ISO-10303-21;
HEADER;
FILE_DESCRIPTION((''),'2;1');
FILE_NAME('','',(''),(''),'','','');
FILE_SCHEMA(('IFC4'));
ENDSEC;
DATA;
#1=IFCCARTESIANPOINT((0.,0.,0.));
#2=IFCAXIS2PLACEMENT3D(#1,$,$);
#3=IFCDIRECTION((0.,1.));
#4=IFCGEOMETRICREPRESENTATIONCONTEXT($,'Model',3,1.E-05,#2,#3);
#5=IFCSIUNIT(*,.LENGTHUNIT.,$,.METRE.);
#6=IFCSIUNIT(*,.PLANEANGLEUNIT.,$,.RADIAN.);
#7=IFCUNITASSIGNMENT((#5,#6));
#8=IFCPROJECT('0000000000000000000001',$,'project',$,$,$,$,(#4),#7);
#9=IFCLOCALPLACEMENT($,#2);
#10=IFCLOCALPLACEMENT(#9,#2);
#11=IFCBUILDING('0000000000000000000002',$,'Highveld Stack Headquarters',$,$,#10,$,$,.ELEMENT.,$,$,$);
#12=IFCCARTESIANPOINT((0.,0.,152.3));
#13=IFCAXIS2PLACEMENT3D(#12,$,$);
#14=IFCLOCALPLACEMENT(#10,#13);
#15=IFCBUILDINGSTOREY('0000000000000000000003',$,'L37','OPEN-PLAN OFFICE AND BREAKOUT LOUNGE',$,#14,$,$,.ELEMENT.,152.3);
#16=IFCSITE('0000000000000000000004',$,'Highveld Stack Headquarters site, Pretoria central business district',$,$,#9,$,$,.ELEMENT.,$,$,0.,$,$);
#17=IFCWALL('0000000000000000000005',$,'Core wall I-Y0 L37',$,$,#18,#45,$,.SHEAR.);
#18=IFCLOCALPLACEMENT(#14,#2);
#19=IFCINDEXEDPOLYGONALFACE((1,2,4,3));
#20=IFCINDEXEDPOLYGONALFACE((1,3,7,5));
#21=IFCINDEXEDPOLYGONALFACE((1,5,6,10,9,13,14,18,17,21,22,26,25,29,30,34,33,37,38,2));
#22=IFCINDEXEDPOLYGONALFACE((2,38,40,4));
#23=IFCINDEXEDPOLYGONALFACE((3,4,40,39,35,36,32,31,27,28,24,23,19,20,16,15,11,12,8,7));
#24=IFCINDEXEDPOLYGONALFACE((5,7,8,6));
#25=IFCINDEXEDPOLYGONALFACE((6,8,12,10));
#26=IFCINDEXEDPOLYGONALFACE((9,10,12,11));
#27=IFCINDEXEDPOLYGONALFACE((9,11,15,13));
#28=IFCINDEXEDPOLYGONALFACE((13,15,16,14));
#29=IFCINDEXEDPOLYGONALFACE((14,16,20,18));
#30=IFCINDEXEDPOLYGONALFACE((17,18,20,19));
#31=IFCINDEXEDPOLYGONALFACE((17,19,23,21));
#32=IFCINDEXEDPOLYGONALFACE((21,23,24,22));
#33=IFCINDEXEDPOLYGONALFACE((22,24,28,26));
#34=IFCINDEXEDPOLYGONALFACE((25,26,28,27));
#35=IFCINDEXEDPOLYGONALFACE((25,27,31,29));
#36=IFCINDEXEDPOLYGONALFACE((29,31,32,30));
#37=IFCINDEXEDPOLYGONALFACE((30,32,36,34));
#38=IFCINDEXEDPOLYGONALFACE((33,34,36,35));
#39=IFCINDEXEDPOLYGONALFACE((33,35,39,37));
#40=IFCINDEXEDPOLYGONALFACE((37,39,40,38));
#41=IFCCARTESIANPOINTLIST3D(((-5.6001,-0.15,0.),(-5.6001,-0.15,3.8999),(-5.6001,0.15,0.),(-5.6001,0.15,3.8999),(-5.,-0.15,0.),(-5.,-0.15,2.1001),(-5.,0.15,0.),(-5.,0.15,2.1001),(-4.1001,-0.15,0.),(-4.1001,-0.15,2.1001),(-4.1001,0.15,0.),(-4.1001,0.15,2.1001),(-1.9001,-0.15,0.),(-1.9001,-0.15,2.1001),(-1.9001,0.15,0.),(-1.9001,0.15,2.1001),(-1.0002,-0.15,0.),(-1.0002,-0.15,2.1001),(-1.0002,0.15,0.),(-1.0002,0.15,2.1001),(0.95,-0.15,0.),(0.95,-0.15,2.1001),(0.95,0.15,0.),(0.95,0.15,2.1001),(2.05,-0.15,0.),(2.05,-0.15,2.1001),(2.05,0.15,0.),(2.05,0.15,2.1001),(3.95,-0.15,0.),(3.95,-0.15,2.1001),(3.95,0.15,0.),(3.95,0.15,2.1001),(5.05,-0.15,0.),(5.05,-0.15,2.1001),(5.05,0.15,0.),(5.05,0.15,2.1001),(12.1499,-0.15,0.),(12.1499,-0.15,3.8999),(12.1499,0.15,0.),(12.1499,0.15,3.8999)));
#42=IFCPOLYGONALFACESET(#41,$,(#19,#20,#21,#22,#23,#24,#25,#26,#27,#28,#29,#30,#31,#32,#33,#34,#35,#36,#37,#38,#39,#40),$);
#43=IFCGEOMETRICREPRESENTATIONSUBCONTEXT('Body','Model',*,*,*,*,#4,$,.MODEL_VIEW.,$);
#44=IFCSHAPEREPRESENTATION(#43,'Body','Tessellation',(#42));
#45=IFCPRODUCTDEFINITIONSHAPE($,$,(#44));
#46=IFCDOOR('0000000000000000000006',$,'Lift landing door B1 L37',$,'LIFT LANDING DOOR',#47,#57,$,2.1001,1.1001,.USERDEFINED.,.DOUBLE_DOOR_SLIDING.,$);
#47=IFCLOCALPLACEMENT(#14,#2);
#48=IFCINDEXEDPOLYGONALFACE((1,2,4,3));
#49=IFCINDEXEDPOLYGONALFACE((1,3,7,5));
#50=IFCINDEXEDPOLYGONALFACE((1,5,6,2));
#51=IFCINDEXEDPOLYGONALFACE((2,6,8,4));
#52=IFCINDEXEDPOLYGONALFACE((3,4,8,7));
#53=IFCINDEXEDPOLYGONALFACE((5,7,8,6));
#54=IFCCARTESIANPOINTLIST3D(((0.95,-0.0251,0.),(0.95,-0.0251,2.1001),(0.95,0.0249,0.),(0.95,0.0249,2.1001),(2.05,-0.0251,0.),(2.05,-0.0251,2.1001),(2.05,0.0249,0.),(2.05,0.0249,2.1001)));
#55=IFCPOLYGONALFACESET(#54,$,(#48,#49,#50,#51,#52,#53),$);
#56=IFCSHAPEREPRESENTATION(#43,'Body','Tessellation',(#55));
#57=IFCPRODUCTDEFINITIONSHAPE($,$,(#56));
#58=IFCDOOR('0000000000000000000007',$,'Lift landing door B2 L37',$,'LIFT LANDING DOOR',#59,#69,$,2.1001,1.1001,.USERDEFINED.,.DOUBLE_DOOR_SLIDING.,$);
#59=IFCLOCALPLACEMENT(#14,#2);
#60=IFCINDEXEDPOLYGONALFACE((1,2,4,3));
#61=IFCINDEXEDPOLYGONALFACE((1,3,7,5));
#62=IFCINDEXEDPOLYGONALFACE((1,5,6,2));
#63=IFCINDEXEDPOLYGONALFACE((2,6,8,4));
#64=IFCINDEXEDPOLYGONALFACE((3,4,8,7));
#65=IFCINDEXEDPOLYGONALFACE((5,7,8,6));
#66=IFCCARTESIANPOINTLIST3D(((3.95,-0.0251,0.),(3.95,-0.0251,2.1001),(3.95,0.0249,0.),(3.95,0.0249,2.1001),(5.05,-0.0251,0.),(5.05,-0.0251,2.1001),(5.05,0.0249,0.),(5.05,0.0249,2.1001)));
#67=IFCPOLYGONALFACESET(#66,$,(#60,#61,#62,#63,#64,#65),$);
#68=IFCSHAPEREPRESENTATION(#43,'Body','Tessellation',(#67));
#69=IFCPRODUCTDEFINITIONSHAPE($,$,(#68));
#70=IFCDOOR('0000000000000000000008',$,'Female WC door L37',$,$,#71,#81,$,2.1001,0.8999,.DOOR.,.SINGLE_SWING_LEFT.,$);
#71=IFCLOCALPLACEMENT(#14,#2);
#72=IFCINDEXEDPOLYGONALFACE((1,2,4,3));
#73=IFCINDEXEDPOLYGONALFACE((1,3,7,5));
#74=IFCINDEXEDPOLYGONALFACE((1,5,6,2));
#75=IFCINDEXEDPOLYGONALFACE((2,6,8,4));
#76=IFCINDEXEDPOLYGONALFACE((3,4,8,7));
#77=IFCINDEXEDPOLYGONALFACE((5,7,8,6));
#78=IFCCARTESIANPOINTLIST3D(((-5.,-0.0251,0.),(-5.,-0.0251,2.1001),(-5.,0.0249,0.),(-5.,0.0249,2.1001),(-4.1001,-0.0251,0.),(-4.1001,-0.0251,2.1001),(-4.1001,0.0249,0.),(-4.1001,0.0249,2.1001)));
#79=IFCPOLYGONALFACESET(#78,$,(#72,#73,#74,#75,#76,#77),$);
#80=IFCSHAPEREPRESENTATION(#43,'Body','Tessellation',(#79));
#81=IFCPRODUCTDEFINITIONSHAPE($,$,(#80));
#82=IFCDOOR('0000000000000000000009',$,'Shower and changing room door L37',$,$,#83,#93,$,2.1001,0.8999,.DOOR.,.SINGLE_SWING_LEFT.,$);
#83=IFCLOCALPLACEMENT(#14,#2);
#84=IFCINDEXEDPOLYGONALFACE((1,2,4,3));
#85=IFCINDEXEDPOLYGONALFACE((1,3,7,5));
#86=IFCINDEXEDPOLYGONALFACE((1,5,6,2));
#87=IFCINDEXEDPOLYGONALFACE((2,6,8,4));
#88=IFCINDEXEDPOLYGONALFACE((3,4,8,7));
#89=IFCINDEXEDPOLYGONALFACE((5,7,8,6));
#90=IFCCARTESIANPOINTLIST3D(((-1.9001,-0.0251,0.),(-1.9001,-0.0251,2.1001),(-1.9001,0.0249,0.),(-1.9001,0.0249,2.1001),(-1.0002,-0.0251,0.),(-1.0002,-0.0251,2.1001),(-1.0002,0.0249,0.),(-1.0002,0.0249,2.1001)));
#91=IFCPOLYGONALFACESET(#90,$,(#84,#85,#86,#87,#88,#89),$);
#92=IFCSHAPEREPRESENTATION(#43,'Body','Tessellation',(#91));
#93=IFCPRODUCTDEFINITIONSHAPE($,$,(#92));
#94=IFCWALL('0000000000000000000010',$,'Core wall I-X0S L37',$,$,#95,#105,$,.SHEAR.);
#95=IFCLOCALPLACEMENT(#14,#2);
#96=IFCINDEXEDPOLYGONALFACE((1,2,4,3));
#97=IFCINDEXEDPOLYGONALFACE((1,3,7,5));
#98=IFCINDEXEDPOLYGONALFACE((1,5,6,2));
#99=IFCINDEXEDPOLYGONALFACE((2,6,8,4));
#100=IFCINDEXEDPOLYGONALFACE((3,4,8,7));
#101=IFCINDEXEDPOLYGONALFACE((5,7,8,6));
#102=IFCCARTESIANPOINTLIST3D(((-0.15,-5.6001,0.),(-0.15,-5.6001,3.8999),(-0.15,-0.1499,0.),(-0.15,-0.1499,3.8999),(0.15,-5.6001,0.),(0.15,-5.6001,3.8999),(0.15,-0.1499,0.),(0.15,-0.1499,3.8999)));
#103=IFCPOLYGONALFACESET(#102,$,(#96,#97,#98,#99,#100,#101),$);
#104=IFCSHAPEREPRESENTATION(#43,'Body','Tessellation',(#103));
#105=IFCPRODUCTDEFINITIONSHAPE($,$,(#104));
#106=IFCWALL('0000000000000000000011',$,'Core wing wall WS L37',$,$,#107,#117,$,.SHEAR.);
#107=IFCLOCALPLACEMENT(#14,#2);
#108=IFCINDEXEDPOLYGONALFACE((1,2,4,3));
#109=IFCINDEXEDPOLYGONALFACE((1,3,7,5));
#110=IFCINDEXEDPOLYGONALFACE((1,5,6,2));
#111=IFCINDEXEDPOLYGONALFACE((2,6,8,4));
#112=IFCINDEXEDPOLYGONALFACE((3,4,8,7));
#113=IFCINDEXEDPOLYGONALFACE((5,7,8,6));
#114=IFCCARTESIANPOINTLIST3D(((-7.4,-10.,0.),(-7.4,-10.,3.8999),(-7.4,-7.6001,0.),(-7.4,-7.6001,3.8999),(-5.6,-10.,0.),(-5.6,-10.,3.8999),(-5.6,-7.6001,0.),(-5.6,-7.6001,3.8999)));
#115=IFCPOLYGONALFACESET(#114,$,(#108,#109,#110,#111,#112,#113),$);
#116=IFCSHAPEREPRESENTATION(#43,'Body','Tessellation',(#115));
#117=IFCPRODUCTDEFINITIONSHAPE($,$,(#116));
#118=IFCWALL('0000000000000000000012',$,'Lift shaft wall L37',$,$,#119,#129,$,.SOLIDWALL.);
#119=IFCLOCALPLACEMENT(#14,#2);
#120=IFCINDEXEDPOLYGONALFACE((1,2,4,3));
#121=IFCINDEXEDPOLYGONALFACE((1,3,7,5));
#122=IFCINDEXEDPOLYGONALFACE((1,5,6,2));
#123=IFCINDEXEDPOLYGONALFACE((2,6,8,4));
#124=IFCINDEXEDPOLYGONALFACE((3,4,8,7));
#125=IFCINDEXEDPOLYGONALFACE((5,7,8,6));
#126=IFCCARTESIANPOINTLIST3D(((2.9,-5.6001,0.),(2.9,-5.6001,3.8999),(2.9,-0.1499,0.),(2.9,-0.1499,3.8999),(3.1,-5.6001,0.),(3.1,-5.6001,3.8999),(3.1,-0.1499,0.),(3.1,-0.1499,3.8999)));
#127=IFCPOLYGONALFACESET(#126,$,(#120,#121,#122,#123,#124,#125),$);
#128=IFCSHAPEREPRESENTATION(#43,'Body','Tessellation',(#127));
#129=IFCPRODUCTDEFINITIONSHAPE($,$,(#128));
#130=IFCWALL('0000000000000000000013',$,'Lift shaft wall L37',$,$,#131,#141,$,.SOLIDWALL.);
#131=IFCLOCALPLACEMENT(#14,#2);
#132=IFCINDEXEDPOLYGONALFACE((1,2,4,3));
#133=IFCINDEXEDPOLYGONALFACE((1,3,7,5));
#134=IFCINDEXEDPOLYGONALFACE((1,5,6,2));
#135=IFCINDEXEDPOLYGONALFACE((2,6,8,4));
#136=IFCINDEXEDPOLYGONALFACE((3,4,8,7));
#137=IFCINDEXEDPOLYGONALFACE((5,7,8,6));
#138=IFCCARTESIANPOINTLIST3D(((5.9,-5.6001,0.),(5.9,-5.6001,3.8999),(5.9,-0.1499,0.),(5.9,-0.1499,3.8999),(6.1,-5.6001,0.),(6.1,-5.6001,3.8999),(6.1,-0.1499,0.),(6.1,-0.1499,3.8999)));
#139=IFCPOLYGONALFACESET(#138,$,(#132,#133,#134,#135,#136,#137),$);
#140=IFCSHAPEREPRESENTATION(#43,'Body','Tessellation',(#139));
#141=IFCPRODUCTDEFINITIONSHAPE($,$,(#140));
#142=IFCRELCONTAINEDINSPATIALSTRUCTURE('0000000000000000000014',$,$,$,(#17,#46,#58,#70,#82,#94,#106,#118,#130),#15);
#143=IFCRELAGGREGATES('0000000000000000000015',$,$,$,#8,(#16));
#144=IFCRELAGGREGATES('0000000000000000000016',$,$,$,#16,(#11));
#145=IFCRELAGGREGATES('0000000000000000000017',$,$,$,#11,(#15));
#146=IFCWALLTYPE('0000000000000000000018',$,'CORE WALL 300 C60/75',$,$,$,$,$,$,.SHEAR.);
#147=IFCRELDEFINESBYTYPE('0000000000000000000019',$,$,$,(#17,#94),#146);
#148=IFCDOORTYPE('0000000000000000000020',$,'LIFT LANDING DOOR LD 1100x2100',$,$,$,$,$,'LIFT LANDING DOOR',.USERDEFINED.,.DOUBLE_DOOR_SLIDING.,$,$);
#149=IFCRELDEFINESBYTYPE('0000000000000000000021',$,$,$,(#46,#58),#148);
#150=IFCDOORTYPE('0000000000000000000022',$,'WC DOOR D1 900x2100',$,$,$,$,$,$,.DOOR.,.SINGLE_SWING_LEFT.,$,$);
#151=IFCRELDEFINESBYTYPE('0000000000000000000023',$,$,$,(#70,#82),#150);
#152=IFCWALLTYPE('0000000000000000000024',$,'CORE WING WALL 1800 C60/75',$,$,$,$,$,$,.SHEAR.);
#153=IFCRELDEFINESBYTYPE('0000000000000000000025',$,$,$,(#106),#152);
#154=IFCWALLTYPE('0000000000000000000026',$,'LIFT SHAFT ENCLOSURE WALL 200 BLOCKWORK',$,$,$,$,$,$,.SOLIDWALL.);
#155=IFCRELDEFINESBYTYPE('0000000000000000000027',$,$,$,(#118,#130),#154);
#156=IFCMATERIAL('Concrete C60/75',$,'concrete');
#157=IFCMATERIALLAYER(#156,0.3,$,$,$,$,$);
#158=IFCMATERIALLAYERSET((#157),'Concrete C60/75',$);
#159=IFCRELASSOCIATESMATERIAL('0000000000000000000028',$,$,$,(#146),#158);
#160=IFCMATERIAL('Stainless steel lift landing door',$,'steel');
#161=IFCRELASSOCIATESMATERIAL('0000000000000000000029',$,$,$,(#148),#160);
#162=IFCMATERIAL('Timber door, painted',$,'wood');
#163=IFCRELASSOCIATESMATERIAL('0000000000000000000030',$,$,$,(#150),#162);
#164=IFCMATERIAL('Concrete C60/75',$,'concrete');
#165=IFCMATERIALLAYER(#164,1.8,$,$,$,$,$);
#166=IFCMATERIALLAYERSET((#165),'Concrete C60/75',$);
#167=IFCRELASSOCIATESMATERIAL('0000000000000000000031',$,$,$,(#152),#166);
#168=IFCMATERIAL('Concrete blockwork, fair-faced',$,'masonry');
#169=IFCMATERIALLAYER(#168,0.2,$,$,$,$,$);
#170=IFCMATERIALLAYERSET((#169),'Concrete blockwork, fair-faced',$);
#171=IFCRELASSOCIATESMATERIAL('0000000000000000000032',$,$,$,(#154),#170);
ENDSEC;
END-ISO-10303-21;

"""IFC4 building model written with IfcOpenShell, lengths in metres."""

from ifc_helpers import new_model, si_unit, direction, frame, frame_2d, origin, place, context, subcontext, project, spatial, rectangle, extrude, material, layer, layer_set, type_object, element, fill, save


model = new_model("IFC4")

# Units and contexts
model_context = context("Model", 3, precision=1e-05, world=origin(), true_north=direction((0.0, 1.0)))
body_context = subcontext(model_context, "Body", "Model", "MODEL_VIEW")
ifc_project = project(units=[si_unit("LENGTHUNIT", "METRE"), si_unit("PLANEANGLEUNIT", "RADIAN")], contexts=[model_context])

# Site, building, storey
site_placement = place(None, origin())
site = spatial("IfcSite", under=ifc_project, at=site_placement, Name="Highveld Stack Headquarters site, Pretoria central business district", CompositionType="ELEMENT", RefElevation=0.0)
building_placement = place(site_placement, origin())
building = spatial("IfcBuilding", under=site, at=building_placement, Name="Highveld Stack Headquarters", CompositionType="ELEMENT")
storey_placement = place(building_placement, frame((0.0, 0.0, 152.3)))
storey = spatial("IfcBuildingStorey", under=building, at=storey_placement, Name="L37", Description="OPEN-PLAN OFFICE AND BREAKOUT LOUNGE", CompositionType="ELEMENT", Elevation=152.3)

# Wall, openings, doors
ifc_material_1 = material(Name="Concrete C60/75", Category="concrete")
ifc_layer_1 = layer(ifc_material_1, 0.3)
ifc_layer_set_1 = layer_set([ifc_layer_1], Name="Concrete C60/75")
wall_type_1 = type_object("IfcWallType", Name="CORE WALL 300 C60/75", PredefinedType="SHEAR", material=ifc_layer_set_1)
wall_1_placement = place(storey_placement, frame((-5.6001, 0.0, 0.0), z_axis=(0.0, 0.0, 1.0), x_axis=(1.0, 0.0, 0.0)))
wall_1 = element("IfcWall", 1, at=wall_1_placement, inside=storey, type_object=wall_type_1, Name="Core wall I-Y0 L37", PredefinedType="SHEAR", context=body_context, shape_type="SweptSolid", body=[
    extrude(rectangle(XDim=17.75, YDim=0.3, at=frame_2d((8.875, 0.0))), origin(), (0.0, 0.0, 1.0), 3.8999),
])
opening_1_placement = place(wall_1_placement, frame((0.6001, 0.0, 0.0)))
opening_1 = element("IfcOpeningElement", 2, at=opening_1_placement, cuts=wall_1, PredefinedType="OPENING", context=body_context, shape_type="SweptSolid", body=[
    extrude(rectangle(XDim=0.8999, YDim=2.1001, at=frame_2d((0.45, 1.05))), frame((0.0, 0.1599, 0.0), z_axis=(0.0, -1.0, 0.0), x_axis=(1.0, 0.0, 0.0)), (0.0, 0.0, 1.0), 0.3201),
])
opening_2_placement = place(wall_1_placement, frame((3.7, 0.0, 0.0)))
opening_2 = element("IfcOpeningElement", 3, at=opening_2_placement, cuts=wall_1, PredefinedType="OPENING", context=body_context, shape_type="SweptSolid", body=[
    extrude(rectangle(XDim=0.8999, YDim=2.1001, at=frame_2d((0.45, 1.05))), frame((0.0, 0.1599, 0.0), z_axis=(0.0, -1.0, 0.0), x_axis=(1.0, 0.0, 0.0)), (0.0, 0.0, 1.0), 0.3201),
])
opening_3_placement = place(wall_1_placement, frame((6.55, 0.0, 0.0)))
opening_3 = element("IfcOpeningElement", 4, at=opening_3_placement, cuts=wall_1, PredefinedType="OPENING", context=body_context, shape_type="SweptSolid", body=[
    extrude(rectangle(XDim=1.1001, YDim=2.1001, at=frame_2d((0.55, 1.05))), frame((0.0, 0.1599, 0.0), z_axis=(0.0, -1.0, 0.0), x_axis=(1.0, 0.0, 0.0)), (0.0, 0.0, 1.0), 0.3201),
])
opening_4_placement = place(wall_1_placement, frame((9.55, 0.0, 0.0)))
opening_4 = element("IfcOpeningElement", 5, at=opening_4_placement, cuts=wall_1, PredefinedType="OPENING", context=body_context, shape_type="SweptSolid", body=[
    extrude(rectangle(XDim=1.1001, YDim=2.1001, at=frame_2d((0.55, 1.05))), frame((0.0, 0.1599, 0.0), z_axis=(0.0, -1.0, 0.0), x_axis=(1.0, 0.0, 0.0)), (0.0, 0.0, 1.0), 0.3201),
])
ifc_material_2 = material(Name="Stainless steel lift landing door", Category="steel")
door_type_1 = type_object("IfcDoorType", Name="LIFT LANDING DOOR LD 1100x2100", ElementType="LIFT LANDING DOOR", OperationType="DOUBLE_DOOR_SLIDING", PredefinedType="USERDEFINED", material=ifc_material_2)
door_1_placement = place(opening_3_placement, origin())
door_1 = element("IfcDoor", 6, at=door_1_placement, inside=storey, type_object=door_type_1, Name="Lift landing door B1 L37", ObjectType="LIFT LANDING DOOR", OperationType="DOUBLE_DOOR_SLIDING", OverallHeight=2.1001, OverallWidth=1.1001, PredefinedType="USERDEFINED", context=body_context, shape_type="SweptSolid", body=[
    extrude(rectangle(XDim=1.1001, YDim=2.1001, at=frame_2d((0.55, 1.05))), frame((0.0, 0.0249, 0.0), z_axis=(0.0, -1.0, 0.0), x_axis=(1.0, 0.0, 0.0)), (0.0, 0.0, 1.0), 0.05),
])
fill(opening_3, door_1)
door_2_placement = place(opening_4_placement, origin())
door_2 = element("IfcDoor", 7, at=door_2_placement, inside=storey, type_object=door_type_1, Name="Lift landing door B2 L37", ObjectType="LIFT LANDING DOOR", OperationType="DOUBLE_DOOR_SLIDING", OverallHeight=2.1001, OverallWidth=1.1001, PredefinedType="USERDEFINED", context=body_context, shape_type="SweptSolid", body=[
    extrude(rectangle(XDim=1.1001, YDim=2.1001, at=frame_2d((0.55, 1.05))), frame((0.0, 0.0249, 0.0), z_axis=(0.0, -1.0, 0.0), x_axis=(1.0, 0.0, 0.0)), (0.0, 0.0, 1.0), 0.05),
])
fill(opening_4, door_2)
ifc_material_3 = material(Name="Timber door, painted", Category="wood")
door_type_2 = type_object("IfcDoorType", Name="WC DOOR D1 900x2100", OperationType="SINGLE_SWING_LEFT", PredefinedType="DOOR", material=ifc_material_3)
door_3_placement = place(opening_1_placement, origin())
door_3 = element("IfcDoor", 8, at=door_3_placement, inside=storey, type_object=door_type_2, Name="Female WC door L37", OperationType="SINGLE_SWING_LEFT", OverallHeight=2.1001, OverallWidth=0.8999, PredefinedType="DOOR", context=body_context, shape_type="SweptSolid", body=[
    extrude(rectangle(XDim=0.8999, YDim=2.1001, at=frame_2d((0.45, 1.05))), frame((0.0, 0.0249, 0.0), z_axis=(0.0, -1.0, 0.0), x_axis=(1.0, 0.0, 0.0)), (0.0, 0.0, 1.0), 0.05),
])
fill(opening_1, door_3)
door_4_placement = place(opening_2_placement, origin())
door_4 = element("IfcDoor", 9, at=door_4_placement, inside=storey, type_object=door_type_2, Name="Shower and changing room door L37", OperationType="SINGLE_SWING_LEFT", OverallHeight=2.1001, OverallWidth=0.8999, PredefinedType="DOOR", context=body_context, shape_type="SweptSolid", body=[
    extrude(rectangle(XDim=0.8999, YDim=2.1001, at=frame_2d((0.45, 1.05))), frame((0.0, 0.0249, 0.0), z_axis=(0.0, -1.0, 0.0), x_axis=(1.0, 0.0, 0.0)), (0.0, 0.0, 1.0), 0.05),
])
fill(opening_2, door_4)

# Walls
wall_2_placement = place(storey_placement, frame((0.0, -5.6001, 0.0), z_axis=(0.0, 0.0, 1.0), x_axis=(0.0, 1.0, 0.0)))
element("IfcWall", 10, at=wall_2_placement, inside=storey, type_object=wall_type_1, Name="Core wall I-X0S L37", PredefinedType="SHEAR", context=body_context, shape_type="SweptSolid", body=[
    extrude(rectangle(XDim=5.4502, YDim=0.3, at=frame_2d((2.7251, 0.0))), origin(), (0.0, 0.0, 1.0), 3.8999),
])
ifc_material_4 = material(Name="Concrete C60/75", Category="concrete")
ifc_layer_2 = layer(ifc_material_4, 1.8)
ifc_layer_set_2 = layer_set([ifc_layer_2], Name="Concrete C60/75")
wall_type_2 = type_object("IfcWallType", Name="CORE WING WALL 1800 C60/75", PredefinedType="SHEAR", material=ifc_layer_set_2)
wall_3_placement = place(storey_placement, frame((-6.5, -10.0, 0.0), z_axis=(0.0, 0.0, 1.0), x_axis=(0.0, 1.0, 0.0)))
element("IfcWall", 11, at=wall_3_placement, inside=storey, type_object=wall_type_2, Name="Core wing wall WS L37", PredefinedType="SHEAR", context=body_context, shape_type="SweptSolid", body=[
    extrude(rectangle(XDim=2.3999, YDim=1.8, at=frame_2d((1.2, 0.0))), origin(), (0.0, 0.0, 1.0), 3.8999),
])
ifc_material_5 = material(Name="Concrete blockwork, fair-faced", Category="masonry")
ifc_layer_3 = layer(ifc_material_5, 0.2)
ifc_layer_set_3 = layer_set([ifc_layer_3], Name="Concrete blockwork, fair-faced")
wall_type_3 = type_object("IfcWallType", Name="LIFT SHAFT ENCLOSURE WALL 200 BLOCKWORK", PredefinedType="SOLIDWALL", material=ifc_layer_set_3)
for number, where, z_axis, x_axis, name in (
    (12, (3.0, -5.6001, 0.0), (0.0, 0.0, 1.0), (0.0, 1.0, 0.0), "Lift shaft wall L37"),
    (13, (6.0, -5.6001, 0.0), (0.0, 0.0, 1.0), (0.0, 1.0, 0.0), "Lift shaft wall L37"),
):
    element("IfcWall", number, at=place(storey_placement, frame(where, z_axis=z_axis, x_axis=x_axis)), inside=storey, type_object=wall_type_3, Name=name, PredefinedType="SOLIDWALL", context=body_context, shape_type="SweptSolid", body=[
        extrude(rectangle(XDim=5.4502, YDim=0.2, at=frame_2d((2.7251, 0.0))), origin(), (0.0, 0.0, 1.0), 3.8999),
    ])

save(model, "model.ifc")
